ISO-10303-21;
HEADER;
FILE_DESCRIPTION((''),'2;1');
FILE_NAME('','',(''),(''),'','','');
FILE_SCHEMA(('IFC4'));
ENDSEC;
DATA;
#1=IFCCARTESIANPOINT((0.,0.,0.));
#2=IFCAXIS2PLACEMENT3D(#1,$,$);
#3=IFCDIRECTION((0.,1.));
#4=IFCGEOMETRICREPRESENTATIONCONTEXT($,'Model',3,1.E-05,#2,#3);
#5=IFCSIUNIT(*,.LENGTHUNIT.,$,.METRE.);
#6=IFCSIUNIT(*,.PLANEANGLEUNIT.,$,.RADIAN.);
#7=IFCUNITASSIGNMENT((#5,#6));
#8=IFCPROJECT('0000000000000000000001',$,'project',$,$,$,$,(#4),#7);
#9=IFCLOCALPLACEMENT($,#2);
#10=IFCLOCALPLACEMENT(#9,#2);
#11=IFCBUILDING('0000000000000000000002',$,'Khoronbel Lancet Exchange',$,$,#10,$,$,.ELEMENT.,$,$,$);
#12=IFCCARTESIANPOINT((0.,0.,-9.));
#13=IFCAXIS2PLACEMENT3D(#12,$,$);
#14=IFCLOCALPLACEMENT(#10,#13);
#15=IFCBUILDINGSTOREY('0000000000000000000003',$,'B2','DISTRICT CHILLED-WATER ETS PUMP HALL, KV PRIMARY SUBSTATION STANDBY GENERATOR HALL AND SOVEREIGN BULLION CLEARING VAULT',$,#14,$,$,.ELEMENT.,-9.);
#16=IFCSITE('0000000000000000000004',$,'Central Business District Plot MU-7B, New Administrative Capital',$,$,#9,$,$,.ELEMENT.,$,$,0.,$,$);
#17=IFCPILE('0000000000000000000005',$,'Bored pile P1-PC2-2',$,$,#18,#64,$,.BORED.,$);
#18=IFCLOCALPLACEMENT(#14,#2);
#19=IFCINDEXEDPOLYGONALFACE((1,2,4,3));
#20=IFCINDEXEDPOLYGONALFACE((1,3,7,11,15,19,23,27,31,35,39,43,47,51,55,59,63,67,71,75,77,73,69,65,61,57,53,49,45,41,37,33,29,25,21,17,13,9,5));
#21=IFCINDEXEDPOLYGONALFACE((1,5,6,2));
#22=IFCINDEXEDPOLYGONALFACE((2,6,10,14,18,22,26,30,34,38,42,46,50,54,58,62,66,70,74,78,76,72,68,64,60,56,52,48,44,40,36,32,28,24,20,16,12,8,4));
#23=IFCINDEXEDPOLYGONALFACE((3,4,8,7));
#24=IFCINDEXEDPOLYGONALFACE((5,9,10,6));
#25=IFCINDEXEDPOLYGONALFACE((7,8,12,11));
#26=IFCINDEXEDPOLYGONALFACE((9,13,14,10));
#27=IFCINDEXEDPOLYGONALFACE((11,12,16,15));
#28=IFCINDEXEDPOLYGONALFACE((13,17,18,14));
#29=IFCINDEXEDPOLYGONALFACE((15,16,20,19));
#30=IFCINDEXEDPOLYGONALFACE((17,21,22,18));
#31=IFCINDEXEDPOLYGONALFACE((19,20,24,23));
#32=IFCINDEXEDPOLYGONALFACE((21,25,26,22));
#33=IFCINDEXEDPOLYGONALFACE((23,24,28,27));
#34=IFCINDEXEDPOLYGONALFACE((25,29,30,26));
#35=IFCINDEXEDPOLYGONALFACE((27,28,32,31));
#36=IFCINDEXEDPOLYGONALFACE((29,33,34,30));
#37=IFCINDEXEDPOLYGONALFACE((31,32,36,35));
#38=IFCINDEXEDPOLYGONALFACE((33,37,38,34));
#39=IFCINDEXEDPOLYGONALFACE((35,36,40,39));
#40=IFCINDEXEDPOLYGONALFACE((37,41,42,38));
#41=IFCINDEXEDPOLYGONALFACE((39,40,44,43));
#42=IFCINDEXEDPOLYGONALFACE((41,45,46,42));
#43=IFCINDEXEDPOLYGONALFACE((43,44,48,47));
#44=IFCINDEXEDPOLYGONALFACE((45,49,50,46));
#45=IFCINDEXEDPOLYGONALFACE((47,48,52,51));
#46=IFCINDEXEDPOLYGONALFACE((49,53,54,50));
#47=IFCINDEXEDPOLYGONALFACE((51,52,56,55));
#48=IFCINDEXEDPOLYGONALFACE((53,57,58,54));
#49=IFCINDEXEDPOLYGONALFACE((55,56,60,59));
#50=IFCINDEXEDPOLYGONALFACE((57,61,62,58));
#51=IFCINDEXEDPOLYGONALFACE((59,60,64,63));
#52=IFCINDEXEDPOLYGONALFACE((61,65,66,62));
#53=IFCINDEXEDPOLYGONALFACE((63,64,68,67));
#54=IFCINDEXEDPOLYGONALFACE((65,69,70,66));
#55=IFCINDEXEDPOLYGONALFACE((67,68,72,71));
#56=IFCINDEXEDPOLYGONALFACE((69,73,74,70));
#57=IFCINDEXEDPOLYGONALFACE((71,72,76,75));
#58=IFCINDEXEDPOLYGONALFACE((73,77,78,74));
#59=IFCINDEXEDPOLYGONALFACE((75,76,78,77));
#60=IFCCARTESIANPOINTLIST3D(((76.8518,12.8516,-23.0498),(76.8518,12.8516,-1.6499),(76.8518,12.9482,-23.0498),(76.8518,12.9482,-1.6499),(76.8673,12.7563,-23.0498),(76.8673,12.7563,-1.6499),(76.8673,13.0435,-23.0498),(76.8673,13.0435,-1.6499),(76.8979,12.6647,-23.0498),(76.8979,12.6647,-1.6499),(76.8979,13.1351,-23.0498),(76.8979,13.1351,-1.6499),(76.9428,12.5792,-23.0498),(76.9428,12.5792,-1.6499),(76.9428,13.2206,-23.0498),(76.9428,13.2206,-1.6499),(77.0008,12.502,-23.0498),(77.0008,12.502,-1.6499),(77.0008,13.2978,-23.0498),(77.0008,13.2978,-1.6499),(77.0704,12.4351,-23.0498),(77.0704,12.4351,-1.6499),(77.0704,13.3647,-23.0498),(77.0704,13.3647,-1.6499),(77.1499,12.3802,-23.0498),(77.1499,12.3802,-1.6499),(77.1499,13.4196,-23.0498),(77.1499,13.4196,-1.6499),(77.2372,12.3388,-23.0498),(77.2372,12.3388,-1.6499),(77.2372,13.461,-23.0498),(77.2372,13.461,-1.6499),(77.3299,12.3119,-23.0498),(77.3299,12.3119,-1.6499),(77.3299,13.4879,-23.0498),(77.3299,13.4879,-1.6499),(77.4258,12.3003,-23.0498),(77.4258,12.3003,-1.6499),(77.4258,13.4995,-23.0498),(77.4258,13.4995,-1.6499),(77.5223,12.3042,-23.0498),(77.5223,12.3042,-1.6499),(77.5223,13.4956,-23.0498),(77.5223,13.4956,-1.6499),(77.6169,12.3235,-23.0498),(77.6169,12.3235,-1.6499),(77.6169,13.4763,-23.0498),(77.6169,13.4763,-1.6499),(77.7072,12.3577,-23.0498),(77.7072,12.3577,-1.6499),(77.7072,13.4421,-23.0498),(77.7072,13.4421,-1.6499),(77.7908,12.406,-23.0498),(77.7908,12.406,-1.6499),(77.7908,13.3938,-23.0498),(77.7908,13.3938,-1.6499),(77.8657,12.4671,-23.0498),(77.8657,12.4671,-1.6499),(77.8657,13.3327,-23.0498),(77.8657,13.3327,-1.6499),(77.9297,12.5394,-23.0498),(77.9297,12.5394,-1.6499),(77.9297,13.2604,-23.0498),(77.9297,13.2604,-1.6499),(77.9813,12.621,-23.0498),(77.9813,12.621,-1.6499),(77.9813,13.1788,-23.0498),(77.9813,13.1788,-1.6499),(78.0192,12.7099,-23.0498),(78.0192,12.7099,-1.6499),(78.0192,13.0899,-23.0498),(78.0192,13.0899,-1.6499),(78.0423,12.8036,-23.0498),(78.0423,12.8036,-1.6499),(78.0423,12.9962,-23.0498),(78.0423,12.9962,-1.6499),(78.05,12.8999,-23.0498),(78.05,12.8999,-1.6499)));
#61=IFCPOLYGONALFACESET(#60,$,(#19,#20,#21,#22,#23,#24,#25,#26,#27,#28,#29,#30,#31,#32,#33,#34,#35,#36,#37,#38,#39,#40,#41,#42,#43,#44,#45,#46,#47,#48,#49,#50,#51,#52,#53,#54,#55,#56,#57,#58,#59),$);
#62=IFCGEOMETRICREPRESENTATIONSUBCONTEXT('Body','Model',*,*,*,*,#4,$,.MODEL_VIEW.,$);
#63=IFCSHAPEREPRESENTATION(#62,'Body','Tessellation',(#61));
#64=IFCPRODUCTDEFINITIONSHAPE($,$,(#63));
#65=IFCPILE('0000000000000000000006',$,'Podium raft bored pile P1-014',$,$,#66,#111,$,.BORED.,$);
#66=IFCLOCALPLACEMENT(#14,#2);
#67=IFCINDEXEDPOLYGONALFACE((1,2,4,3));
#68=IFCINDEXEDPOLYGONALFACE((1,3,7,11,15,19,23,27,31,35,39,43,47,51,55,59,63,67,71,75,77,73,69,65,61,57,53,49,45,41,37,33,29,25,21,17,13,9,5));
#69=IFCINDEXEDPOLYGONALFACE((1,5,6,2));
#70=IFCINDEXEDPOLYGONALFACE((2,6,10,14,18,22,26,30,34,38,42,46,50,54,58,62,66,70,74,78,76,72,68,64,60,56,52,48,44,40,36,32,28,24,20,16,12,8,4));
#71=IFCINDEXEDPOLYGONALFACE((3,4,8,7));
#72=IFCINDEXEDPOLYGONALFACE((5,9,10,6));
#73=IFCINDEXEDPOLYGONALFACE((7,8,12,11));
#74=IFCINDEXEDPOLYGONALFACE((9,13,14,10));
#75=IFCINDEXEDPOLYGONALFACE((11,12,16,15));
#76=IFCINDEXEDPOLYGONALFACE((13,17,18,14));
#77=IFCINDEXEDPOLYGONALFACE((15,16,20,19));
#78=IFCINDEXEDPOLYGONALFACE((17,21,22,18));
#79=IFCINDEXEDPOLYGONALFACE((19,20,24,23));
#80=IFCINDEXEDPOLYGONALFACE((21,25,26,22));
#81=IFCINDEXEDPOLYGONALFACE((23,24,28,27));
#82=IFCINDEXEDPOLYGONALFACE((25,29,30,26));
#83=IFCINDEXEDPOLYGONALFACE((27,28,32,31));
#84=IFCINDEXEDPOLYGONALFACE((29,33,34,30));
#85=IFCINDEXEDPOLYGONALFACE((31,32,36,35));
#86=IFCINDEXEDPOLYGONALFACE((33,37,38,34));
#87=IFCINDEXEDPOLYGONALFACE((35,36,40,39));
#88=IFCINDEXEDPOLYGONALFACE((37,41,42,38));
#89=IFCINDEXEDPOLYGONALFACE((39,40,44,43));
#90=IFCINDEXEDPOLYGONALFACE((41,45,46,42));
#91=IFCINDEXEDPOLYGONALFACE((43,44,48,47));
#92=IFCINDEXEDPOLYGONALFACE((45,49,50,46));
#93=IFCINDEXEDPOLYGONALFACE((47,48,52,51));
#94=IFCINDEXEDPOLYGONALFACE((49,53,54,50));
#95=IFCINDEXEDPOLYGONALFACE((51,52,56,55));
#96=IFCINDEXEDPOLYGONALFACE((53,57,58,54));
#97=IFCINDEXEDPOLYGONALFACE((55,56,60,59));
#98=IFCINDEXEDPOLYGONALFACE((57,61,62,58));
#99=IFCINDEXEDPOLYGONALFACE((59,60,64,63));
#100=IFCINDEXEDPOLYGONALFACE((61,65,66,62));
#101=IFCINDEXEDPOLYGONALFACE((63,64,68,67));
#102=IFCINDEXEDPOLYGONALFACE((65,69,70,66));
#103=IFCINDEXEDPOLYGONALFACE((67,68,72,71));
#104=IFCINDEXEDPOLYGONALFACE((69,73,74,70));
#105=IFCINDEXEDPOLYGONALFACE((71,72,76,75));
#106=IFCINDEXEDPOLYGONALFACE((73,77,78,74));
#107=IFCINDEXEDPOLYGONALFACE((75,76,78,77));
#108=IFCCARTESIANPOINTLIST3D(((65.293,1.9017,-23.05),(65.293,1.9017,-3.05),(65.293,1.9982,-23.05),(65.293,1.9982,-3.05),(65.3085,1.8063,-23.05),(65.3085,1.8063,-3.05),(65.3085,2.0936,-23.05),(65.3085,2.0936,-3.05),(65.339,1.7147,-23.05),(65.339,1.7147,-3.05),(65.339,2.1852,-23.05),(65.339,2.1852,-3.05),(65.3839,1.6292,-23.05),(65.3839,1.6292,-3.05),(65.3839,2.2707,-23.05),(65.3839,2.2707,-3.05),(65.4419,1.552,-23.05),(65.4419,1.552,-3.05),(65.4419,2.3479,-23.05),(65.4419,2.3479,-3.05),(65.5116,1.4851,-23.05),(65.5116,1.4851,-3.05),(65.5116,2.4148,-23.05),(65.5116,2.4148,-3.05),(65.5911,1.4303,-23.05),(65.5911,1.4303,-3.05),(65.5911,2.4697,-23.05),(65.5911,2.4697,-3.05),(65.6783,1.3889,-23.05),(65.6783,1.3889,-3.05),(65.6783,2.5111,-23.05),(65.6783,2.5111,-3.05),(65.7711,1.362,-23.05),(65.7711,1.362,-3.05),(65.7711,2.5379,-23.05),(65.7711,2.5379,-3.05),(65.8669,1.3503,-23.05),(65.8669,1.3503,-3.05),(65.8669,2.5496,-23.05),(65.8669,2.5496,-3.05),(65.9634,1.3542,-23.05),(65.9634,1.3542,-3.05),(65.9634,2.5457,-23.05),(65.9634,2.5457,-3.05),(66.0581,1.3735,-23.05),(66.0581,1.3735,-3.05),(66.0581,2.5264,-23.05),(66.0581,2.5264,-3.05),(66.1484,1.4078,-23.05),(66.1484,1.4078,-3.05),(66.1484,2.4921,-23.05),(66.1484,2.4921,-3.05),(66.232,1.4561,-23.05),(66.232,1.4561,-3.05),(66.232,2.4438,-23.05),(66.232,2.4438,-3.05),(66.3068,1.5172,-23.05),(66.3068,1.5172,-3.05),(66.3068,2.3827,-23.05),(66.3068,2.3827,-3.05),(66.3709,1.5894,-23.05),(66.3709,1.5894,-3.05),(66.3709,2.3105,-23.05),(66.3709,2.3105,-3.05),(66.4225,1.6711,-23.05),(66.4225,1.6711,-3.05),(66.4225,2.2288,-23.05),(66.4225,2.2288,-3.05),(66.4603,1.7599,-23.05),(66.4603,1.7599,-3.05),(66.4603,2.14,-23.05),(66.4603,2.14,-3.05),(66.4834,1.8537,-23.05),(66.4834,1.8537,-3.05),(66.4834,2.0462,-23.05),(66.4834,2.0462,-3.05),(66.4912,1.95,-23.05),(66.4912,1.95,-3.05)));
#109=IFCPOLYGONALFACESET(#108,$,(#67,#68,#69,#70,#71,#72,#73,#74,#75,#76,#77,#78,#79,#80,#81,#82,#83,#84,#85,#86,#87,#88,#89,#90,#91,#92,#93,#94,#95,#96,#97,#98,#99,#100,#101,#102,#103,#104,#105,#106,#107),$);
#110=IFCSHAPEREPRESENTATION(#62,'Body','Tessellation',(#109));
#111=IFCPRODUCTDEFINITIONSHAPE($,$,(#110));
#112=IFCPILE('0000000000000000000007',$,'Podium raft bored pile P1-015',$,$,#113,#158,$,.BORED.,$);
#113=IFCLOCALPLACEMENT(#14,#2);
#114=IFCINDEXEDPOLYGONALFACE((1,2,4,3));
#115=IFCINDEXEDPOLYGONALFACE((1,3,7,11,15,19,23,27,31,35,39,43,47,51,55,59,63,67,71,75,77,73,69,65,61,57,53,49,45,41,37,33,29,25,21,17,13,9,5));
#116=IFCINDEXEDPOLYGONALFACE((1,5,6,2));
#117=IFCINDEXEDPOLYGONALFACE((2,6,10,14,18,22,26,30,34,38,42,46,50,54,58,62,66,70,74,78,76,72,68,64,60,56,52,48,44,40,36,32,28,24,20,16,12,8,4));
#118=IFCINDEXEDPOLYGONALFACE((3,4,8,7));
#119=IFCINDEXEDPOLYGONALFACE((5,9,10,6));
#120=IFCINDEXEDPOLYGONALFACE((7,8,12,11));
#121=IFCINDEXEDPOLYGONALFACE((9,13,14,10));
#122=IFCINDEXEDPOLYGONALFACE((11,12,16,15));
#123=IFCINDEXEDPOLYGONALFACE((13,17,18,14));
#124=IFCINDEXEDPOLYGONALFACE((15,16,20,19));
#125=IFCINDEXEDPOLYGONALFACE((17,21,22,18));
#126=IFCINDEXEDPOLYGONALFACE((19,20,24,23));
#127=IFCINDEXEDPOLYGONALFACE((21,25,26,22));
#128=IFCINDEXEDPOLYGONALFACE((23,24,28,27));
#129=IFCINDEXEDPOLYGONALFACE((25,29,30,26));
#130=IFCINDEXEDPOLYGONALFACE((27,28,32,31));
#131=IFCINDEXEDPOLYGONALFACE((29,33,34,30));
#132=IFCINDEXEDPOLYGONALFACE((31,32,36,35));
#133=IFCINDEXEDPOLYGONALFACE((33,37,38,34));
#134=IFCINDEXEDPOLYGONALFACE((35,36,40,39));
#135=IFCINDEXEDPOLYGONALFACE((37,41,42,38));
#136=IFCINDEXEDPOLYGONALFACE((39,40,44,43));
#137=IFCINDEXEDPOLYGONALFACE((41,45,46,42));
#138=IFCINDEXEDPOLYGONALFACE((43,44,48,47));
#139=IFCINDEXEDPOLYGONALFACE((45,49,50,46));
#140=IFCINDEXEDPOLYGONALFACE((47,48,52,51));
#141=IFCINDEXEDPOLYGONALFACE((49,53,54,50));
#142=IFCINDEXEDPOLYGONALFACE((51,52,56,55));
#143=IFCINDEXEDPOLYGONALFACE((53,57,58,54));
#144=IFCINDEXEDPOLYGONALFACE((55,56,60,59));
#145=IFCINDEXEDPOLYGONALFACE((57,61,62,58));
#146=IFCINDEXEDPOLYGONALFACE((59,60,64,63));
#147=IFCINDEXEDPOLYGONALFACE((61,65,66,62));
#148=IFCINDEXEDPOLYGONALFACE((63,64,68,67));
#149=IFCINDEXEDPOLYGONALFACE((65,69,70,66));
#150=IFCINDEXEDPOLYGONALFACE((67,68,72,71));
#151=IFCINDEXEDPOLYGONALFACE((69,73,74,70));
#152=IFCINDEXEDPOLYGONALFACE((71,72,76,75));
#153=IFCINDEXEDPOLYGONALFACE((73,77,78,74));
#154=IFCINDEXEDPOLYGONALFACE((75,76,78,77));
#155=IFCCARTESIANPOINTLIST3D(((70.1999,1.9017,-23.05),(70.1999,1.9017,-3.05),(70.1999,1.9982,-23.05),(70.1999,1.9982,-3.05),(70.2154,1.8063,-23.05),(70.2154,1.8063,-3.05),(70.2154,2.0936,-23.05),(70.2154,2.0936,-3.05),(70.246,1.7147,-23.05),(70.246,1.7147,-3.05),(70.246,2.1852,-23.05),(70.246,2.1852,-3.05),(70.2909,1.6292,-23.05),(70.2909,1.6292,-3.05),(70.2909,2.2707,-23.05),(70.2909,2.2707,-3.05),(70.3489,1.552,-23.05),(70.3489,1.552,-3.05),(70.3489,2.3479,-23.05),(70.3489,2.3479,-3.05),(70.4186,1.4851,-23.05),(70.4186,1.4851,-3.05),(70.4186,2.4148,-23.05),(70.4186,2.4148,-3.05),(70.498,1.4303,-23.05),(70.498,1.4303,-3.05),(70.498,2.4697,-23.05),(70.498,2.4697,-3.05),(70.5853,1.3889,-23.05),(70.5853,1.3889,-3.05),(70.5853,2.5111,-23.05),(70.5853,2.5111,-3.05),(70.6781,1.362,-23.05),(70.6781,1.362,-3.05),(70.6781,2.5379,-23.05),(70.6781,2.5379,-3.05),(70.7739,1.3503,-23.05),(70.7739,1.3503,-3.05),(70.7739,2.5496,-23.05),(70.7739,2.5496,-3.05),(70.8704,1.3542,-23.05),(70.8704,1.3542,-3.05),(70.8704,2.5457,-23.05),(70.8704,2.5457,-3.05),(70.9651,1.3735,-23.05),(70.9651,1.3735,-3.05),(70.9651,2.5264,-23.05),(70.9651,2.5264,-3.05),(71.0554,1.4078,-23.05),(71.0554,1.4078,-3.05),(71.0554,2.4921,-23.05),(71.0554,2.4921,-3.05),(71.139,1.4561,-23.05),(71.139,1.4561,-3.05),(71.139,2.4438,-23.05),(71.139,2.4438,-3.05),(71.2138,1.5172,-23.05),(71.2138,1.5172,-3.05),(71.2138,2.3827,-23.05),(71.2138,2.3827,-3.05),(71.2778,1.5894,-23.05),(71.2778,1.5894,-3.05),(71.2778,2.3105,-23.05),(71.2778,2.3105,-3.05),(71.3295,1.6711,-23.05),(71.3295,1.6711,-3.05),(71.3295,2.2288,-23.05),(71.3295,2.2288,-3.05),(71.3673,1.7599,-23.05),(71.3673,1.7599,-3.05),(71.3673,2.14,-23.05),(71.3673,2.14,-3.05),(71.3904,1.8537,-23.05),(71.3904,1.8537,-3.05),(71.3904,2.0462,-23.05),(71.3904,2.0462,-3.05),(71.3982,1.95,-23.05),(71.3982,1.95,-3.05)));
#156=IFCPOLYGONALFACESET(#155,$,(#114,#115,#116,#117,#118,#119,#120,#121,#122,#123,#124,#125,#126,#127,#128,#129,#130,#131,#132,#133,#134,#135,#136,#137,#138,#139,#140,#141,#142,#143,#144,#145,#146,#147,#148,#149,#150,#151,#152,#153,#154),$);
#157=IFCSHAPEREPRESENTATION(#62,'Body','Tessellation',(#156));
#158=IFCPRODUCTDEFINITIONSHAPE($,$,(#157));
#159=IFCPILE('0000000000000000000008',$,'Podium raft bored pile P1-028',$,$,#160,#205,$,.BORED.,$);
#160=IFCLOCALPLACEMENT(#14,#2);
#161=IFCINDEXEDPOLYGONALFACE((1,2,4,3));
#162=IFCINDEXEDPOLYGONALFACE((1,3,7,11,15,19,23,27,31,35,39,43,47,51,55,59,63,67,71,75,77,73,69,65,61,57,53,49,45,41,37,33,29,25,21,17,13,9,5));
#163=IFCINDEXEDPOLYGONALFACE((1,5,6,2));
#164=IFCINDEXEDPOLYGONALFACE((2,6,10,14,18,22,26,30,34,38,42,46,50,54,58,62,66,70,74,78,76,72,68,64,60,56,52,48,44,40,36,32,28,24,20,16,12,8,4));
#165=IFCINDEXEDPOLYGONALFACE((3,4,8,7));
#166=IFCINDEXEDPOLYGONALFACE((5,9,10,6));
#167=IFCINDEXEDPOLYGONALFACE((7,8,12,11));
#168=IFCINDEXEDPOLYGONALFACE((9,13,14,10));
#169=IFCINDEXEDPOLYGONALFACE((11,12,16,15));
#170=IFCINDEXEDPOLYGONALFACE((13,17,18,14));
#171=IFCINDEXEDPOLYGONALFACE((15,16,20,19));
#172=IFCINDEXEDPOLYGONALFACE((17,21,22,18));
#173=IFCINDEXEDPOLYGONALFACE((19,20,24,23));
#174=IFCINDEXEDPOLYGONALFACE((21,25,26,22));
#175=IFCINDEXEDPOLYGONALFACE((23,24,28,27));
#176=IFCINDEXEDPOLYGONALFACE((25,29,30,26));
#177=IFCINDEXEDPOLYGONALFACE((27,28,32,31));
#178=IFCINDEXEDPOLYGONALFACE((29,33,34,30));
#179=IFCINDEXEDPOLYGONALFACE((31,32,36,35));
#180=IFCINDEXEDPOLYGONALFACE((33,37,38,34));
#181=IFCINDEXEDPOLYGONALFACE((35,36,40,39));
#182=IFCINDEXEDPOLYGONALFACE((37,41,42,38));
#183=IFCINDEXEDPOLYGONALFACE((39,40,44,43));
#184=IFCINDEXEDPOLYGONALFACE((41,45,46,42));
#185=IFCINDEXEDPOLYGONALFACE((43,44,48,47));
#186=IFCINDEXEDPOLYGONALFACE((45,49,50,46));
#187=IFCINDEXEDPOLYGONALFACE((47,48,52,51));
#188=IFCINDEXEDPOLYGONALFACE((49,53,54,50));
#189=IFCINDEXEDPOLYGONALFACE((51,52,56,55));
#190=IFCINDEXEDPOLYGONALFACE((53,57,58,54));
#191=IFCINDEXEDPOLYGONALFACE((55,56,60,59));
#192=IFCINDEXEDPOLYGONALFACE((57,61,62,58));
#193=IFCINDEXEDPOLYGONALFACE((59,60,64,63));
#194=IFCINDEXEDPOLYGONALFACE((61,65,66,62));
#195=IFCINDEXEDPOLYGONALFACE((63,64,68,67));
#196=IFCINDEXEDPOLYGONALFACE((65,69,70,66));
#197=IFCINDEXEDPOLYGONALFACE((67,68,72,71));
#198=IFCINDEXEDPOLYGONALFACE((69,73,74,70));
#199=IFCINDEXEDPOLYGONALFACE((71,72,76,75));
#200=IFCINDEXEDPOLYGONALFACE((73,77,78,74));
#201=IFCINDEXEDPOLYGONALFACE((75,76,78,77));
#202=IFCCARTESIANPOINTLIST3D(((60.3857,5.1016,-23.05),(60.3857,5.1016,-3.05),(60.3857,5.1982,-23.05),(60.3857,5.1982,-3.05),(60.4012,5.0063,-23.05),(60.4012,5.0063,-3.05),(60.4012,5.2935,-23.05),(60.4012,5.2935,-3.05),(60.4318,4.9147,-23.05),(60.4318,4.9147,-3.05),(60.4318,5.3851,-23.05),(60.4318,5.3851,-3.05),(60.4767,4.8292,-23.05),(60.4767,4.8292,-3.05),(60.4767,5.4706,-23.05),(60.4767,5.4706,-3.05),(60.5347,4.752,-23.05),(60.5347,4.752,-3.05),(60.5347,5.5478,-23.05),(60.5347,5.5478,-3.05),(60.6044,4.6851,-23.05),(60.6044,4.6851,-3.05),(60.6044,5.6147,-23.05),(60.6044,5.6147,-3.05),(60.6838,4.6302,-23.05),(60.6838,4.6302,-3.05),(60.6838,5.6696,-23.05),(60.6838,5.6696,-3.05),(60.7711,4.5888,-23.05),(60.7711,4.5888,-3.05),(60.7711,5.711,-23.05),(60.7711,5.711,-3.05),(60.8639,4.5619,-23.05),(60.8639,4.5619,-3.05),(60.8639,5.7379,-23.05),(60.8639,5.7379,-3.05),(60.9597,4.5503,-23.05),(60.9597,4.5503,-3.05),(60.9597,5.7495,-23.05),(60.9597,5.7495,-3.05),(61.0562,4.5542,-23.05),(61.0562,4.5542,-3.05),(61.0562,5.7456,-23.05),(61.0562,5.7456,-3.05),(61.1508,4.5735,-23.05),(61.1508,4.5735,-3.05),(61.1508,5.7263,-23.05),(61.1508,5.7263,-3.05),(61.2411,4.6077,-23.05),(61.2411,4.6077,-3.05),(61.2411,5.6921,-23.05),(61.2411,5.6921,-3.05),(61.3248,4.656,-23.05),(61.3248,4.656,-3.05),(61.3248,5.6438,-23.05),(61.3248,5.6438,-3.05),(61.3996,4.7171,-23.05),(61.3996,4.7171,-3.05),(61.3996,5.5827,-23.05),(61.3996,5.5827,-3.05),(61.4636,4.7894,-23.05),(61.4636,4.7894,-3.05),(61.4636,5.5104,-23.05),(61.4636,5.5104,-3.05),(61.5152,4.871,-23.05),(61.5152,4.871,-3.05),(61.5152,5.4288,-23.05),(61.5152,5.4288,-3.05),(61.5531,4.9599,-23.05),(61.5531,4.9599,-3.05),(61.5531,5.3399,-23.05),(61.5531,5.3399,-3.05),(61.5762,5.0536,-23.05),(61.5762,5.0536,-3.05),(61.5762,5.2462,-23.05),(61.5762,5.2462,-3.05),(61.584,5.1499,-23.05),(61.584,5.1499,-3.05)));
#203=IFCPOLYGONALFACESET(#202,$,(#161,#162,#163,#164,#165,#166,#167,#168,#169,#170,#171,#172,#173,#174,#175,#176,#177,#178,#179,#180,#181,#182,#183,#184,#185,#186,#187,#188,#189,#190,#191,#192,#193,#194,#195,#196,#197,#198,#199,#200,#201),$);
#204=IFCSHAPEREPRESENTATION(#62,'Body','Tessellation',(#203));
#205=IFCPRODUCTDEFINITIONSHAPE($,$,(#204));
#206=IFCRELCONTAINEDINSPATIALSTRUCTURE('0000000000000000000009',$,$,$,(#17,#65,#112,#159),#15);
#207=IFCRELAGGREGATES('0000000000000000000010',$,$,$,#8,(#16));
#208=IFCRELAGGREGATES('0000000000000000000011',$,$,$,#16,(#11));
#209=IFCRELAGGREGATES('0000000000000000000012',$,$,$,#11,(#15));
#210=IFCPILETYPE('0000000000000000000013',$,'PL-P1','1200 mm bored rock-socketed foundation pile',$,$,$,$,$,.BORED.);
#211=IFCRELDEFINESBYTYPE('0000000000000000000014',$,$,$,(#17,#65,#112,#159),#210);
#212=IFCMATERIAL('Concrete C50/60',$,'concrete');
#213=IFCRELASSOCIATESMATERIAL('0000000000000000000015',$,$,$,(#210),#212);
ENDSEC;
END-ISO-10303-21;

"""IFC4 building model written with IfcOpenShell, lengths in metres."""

from ifc_helpers import new_model, si_unit, direction, frame, origin, origin_2d, place, context, subcontext, project, spatial, circle, extrude, material, material_profile, profile_set, type_object, element, save


model = new_model("IFC4")

# Units and contexts
model_context = context("Model", 3, precision=1e-05, world=origin(), true_north=direction((0.0, 1.0)))
body_context = subcontext(model_context, "Body", "Model", "MODEL_VIEW")
ifc_project = project(units=[si_unit("LENGTHUNIT", "METRE"), si_unit("PLANEANGLEUNIT", "RADIAN")], contexts=[model_context])

# Site, building, storey
site_placement = place(None, origin())
site = spatial("IfcSite", under=ifc_project, at=site_placement, Name="Central Business District Plot MU-7B, New Administrative Capital", CompositionType="ELEMENT", RefElevation=0.0)
building_placement = place(site_placement, origin())
building = spatial("IfcBuilding", under=site, at=building_placement, Name="Khoronbel Lancet Exchange", CompositionType="ELEMENT")
storey_placement = place(building_placement, frame((0.0, 0.0, -9.0)))
storey = spatial("IfcBuildingStorey", under=building, at=storey_placement, Name="B2", Description="DISTRICT CHILLED-WATER ETS PUMP HALL, KV PRIMARY SUBSTATION STANDBY GENERATOR HALL AND SOVEREIGN BULLION CLEARING VAULT", CompositionType="ELEMENT", Elevation=-9.0)

# Shared definitions
ifc_material_1 = material(Name="Concrete C50/60", Category="concrete")

# Piles
ifc_material_profile_1 = material_profile(ifc_material_1, circle(Radius=0.6001, at=origin_2d()), Name="BORED PILE D1200")
ifc_profile_set_1 = profile_set([ifc_material_profile_1], Name="Concrete C50/60")
pile_type_1 = type_object("IfcPileType", Name="PL-P1", Description="1200 mm bored rock-socketed foundation pile", PredefinedType="BORED", material=ifc_profile_set_1)
for number, where, z_axis, x_axis, name in (
    (1, (77.45, 12.8999, -1.6499), (0.0, 0.0, -1.0), (1.0, 0.0, 0.0), "Bored pile P1-PC2-2"),
):
    element("IfcPile", number, at=place(storey_placement, frame(where, z_axis=z_axis, x_axis=x_axis)), inside=storey, type_object=pile_type_1, Name=name, PredefinedType="BORED", context=body_context, shape_type="SweptSolid", body=[
        extrude(circle(Radius=0.6001, at=origin_2d()), origin(), (0.0, 0.0, 1.0), 21.3999),
    ])
for number, where, z_axis, x_axis, name in (
    (2, (65.8911, 1.95, -3.05), (0.0, 0.0, -1.0), (1.0, 0.0, 0.0), "Podium raft bored pile P1-014"),
    (3, (70.7981, 1.95, -3.05), (0.0, 0.0, -1.0), (1.0, 0.0, 0.0), "Podium raft bored pile P1-015"),
    (4, (60.9839, 5.1499, -3.05), (0.0, 0.0, -1.0), (1.0, 0.0, 0.0), "Podium raft bored pile P1-028"),
):
    element("IfcPile", number, at=place(storey_placement, frame(where, z_axis=z_axis, x_axis=x_axis)), inside=storey, type_object=pile_type_1, Name=name, PredefinedType="BORED", context=body_context, shape_type="SweptSolid", body=[
        extrude(circle(Radius=0.6001, at=origin_2d()), origin(), (0.0, 0.0, 1.0), 20.0),
    ])

save(model, "model.ifc")
